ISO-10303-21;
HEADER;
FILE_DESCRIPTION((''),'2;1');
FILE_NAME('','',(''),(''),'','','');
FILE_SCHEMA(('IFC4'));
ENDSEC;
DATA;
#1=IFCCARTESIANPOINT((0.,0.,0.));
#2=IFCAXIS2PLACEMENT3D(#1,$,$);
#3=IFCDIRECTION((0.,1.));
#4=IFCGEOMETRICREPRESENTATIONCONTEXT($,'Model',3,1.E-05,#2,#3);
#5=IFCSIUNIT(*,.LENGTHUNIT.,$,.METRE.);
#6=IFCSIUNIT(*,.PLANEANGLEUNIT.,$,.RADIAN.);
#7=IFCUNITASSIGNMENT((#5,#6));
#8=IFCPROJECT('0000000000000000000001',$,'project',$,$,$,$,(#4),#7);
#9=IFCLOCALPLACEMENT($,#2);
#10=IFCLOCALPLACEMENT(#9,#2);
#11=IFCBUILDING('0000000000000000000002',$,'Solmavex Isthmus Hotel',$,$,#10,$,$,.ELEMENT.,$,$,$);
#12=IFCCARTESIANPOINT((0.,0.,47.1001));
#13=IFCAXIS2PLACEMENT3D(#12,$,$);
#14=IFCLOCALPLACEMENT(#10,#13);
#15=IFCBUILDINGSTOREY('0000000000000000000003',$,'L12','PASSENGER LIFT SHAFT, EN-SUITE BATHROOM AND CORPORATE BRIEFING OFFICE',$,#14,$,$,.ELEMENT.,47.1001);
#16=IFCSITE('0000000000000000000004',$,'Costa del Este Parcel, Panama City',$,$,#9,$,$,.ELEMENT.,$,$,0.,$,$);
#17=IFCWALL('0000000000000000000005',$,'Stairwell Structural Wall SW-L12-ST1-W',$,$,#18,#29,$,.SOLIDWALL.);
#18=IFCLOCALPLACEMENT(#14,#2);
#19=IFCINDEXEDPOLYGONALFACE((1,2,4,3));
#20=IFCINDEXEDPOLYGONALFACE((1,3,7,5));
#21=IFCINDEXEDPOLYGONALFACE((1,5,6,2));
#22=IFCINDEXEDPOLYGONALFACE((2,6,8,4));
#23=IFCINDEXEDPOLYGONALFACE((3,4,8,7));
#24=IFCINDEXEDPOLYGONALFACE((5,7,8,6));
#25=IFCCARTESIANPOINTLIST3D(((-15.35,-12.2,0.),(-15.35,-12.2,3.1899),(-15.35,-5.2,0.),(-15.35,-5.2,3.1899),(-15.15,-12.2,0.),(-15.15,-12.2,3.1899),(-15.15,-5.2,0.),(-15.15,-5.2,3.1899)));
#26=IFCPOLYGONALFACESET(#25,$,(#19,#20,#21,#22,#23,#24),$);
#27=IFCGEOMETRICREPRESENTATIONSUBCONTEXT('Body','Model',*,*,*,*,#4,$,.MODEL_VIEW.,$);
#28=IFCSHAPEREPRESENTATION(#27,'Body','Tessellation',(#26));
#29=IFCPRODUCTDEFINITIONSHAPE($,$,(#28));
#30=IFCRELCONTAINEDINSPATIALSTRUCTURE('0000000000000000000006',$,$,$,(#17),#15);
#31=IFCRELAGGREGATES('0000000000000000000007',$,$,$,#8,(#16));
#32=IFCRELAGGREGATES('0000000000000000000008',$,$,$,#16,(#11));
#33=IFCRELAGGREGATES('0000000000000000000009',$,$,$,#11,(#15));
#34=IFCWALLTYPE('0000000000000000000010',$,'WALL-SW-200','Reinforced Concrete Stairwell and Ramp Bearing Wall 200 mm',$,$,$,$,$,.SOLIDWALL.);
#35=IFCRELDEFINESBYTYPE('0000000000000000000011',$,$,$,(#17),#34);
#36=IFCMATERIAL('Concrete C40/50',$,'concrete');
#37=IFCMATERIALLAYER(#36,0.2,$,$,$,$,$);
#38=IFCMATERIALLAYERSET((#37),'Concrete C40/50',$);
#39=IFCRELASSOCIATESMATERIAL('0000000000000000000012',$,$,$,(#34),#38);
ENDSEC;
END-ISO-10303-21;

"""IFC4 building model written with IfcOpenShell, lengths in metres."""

from ifc_helpers import new_model, si_unit, direction, frame, frame_2d, origin, place, context, subcontext, project, spatial, rectangle, extrude, material, layer, layer_set, type_object, element, save


model = new_model("IFC4")

# Units and contexts
model_context = context("Model", 3, precision=1e-05, world=origin(), true_north=direction((0.0, 1.0)))
body_context = subcontext(model_context, "Body", "Model", "MODEL_VIEW")
ifc_project = project(units=[si_unit("LENGTHUNIT", "METRE"), si_unit("PLANEANGLEUNIT", "RADIAN")], contexts=[model_context])

# Site, building, storey
site_placement = place(None, origin())
site = spatial("IfcSite", under=ifc_project, at=site_placement, Name="Costa del Este Parcel, Panama City", CompositionType="ELEMENT", RefElevation=0.0)
building_placement = place(site_placement, origin())
building = spatial("IfcBuilding", under=site, at=building_placement, Name="Solmavex Isthmus Hotel", CompositionType="ELEMENT")
storey_placement = place(building_placement, frame((0.0, 0.0, 47.1001)))
storey = spatial("IfcBuildingStorey", under=building, at=storey_placement, Name="L12", Description="PASSENGER LIFT SHAFT, EN-SUITE BATHROOM AND CORPORATE BRIEFING OFFICE", CompositionType="ELEMENT", Elevation=47.1001)

# Wall
ifc_material_1 = material(Name="Concrete C40/50", Category="concrete")
ifc_layer_1 = layer(ifc_material_1, 0.2)
ifc_layer_set_1 = layer_set([ifc_layer_1], Name="Concrete C40/50")
wall_type_1 = type_object("IfcWallType", Name="WALL-SW-200", Description="Reinforced Concrete Stairwell and Ramp Bearing Wall 200 mm", PredefinedType="SOLIDWALL", material=ifc_layer_set_1)
wall_1_placement = place(storey_placement, frame((-15.25, -12.2, 0.0), z_axis=(0.0, 0.0, 1.0), x_axis=(0.0, 1.0, 0.0)))
element("IfcWall", 1, at=wall_1_placement, inside=storey, type_object=wall_type_1, Name="Stairwell Structural Wall SW-L12-ST1-W", PredefinedType="SOLIDWALL", context=body_context, shape_type="SweptSolid", body=[
    extrude(rectangle(XDim=7.0, YDim=0.2, at=frame_2d((3.5, 0.0))), origin(), (0.0, 0.0, 1.0), 3.1899),
])

save(model, "model.ifc")
